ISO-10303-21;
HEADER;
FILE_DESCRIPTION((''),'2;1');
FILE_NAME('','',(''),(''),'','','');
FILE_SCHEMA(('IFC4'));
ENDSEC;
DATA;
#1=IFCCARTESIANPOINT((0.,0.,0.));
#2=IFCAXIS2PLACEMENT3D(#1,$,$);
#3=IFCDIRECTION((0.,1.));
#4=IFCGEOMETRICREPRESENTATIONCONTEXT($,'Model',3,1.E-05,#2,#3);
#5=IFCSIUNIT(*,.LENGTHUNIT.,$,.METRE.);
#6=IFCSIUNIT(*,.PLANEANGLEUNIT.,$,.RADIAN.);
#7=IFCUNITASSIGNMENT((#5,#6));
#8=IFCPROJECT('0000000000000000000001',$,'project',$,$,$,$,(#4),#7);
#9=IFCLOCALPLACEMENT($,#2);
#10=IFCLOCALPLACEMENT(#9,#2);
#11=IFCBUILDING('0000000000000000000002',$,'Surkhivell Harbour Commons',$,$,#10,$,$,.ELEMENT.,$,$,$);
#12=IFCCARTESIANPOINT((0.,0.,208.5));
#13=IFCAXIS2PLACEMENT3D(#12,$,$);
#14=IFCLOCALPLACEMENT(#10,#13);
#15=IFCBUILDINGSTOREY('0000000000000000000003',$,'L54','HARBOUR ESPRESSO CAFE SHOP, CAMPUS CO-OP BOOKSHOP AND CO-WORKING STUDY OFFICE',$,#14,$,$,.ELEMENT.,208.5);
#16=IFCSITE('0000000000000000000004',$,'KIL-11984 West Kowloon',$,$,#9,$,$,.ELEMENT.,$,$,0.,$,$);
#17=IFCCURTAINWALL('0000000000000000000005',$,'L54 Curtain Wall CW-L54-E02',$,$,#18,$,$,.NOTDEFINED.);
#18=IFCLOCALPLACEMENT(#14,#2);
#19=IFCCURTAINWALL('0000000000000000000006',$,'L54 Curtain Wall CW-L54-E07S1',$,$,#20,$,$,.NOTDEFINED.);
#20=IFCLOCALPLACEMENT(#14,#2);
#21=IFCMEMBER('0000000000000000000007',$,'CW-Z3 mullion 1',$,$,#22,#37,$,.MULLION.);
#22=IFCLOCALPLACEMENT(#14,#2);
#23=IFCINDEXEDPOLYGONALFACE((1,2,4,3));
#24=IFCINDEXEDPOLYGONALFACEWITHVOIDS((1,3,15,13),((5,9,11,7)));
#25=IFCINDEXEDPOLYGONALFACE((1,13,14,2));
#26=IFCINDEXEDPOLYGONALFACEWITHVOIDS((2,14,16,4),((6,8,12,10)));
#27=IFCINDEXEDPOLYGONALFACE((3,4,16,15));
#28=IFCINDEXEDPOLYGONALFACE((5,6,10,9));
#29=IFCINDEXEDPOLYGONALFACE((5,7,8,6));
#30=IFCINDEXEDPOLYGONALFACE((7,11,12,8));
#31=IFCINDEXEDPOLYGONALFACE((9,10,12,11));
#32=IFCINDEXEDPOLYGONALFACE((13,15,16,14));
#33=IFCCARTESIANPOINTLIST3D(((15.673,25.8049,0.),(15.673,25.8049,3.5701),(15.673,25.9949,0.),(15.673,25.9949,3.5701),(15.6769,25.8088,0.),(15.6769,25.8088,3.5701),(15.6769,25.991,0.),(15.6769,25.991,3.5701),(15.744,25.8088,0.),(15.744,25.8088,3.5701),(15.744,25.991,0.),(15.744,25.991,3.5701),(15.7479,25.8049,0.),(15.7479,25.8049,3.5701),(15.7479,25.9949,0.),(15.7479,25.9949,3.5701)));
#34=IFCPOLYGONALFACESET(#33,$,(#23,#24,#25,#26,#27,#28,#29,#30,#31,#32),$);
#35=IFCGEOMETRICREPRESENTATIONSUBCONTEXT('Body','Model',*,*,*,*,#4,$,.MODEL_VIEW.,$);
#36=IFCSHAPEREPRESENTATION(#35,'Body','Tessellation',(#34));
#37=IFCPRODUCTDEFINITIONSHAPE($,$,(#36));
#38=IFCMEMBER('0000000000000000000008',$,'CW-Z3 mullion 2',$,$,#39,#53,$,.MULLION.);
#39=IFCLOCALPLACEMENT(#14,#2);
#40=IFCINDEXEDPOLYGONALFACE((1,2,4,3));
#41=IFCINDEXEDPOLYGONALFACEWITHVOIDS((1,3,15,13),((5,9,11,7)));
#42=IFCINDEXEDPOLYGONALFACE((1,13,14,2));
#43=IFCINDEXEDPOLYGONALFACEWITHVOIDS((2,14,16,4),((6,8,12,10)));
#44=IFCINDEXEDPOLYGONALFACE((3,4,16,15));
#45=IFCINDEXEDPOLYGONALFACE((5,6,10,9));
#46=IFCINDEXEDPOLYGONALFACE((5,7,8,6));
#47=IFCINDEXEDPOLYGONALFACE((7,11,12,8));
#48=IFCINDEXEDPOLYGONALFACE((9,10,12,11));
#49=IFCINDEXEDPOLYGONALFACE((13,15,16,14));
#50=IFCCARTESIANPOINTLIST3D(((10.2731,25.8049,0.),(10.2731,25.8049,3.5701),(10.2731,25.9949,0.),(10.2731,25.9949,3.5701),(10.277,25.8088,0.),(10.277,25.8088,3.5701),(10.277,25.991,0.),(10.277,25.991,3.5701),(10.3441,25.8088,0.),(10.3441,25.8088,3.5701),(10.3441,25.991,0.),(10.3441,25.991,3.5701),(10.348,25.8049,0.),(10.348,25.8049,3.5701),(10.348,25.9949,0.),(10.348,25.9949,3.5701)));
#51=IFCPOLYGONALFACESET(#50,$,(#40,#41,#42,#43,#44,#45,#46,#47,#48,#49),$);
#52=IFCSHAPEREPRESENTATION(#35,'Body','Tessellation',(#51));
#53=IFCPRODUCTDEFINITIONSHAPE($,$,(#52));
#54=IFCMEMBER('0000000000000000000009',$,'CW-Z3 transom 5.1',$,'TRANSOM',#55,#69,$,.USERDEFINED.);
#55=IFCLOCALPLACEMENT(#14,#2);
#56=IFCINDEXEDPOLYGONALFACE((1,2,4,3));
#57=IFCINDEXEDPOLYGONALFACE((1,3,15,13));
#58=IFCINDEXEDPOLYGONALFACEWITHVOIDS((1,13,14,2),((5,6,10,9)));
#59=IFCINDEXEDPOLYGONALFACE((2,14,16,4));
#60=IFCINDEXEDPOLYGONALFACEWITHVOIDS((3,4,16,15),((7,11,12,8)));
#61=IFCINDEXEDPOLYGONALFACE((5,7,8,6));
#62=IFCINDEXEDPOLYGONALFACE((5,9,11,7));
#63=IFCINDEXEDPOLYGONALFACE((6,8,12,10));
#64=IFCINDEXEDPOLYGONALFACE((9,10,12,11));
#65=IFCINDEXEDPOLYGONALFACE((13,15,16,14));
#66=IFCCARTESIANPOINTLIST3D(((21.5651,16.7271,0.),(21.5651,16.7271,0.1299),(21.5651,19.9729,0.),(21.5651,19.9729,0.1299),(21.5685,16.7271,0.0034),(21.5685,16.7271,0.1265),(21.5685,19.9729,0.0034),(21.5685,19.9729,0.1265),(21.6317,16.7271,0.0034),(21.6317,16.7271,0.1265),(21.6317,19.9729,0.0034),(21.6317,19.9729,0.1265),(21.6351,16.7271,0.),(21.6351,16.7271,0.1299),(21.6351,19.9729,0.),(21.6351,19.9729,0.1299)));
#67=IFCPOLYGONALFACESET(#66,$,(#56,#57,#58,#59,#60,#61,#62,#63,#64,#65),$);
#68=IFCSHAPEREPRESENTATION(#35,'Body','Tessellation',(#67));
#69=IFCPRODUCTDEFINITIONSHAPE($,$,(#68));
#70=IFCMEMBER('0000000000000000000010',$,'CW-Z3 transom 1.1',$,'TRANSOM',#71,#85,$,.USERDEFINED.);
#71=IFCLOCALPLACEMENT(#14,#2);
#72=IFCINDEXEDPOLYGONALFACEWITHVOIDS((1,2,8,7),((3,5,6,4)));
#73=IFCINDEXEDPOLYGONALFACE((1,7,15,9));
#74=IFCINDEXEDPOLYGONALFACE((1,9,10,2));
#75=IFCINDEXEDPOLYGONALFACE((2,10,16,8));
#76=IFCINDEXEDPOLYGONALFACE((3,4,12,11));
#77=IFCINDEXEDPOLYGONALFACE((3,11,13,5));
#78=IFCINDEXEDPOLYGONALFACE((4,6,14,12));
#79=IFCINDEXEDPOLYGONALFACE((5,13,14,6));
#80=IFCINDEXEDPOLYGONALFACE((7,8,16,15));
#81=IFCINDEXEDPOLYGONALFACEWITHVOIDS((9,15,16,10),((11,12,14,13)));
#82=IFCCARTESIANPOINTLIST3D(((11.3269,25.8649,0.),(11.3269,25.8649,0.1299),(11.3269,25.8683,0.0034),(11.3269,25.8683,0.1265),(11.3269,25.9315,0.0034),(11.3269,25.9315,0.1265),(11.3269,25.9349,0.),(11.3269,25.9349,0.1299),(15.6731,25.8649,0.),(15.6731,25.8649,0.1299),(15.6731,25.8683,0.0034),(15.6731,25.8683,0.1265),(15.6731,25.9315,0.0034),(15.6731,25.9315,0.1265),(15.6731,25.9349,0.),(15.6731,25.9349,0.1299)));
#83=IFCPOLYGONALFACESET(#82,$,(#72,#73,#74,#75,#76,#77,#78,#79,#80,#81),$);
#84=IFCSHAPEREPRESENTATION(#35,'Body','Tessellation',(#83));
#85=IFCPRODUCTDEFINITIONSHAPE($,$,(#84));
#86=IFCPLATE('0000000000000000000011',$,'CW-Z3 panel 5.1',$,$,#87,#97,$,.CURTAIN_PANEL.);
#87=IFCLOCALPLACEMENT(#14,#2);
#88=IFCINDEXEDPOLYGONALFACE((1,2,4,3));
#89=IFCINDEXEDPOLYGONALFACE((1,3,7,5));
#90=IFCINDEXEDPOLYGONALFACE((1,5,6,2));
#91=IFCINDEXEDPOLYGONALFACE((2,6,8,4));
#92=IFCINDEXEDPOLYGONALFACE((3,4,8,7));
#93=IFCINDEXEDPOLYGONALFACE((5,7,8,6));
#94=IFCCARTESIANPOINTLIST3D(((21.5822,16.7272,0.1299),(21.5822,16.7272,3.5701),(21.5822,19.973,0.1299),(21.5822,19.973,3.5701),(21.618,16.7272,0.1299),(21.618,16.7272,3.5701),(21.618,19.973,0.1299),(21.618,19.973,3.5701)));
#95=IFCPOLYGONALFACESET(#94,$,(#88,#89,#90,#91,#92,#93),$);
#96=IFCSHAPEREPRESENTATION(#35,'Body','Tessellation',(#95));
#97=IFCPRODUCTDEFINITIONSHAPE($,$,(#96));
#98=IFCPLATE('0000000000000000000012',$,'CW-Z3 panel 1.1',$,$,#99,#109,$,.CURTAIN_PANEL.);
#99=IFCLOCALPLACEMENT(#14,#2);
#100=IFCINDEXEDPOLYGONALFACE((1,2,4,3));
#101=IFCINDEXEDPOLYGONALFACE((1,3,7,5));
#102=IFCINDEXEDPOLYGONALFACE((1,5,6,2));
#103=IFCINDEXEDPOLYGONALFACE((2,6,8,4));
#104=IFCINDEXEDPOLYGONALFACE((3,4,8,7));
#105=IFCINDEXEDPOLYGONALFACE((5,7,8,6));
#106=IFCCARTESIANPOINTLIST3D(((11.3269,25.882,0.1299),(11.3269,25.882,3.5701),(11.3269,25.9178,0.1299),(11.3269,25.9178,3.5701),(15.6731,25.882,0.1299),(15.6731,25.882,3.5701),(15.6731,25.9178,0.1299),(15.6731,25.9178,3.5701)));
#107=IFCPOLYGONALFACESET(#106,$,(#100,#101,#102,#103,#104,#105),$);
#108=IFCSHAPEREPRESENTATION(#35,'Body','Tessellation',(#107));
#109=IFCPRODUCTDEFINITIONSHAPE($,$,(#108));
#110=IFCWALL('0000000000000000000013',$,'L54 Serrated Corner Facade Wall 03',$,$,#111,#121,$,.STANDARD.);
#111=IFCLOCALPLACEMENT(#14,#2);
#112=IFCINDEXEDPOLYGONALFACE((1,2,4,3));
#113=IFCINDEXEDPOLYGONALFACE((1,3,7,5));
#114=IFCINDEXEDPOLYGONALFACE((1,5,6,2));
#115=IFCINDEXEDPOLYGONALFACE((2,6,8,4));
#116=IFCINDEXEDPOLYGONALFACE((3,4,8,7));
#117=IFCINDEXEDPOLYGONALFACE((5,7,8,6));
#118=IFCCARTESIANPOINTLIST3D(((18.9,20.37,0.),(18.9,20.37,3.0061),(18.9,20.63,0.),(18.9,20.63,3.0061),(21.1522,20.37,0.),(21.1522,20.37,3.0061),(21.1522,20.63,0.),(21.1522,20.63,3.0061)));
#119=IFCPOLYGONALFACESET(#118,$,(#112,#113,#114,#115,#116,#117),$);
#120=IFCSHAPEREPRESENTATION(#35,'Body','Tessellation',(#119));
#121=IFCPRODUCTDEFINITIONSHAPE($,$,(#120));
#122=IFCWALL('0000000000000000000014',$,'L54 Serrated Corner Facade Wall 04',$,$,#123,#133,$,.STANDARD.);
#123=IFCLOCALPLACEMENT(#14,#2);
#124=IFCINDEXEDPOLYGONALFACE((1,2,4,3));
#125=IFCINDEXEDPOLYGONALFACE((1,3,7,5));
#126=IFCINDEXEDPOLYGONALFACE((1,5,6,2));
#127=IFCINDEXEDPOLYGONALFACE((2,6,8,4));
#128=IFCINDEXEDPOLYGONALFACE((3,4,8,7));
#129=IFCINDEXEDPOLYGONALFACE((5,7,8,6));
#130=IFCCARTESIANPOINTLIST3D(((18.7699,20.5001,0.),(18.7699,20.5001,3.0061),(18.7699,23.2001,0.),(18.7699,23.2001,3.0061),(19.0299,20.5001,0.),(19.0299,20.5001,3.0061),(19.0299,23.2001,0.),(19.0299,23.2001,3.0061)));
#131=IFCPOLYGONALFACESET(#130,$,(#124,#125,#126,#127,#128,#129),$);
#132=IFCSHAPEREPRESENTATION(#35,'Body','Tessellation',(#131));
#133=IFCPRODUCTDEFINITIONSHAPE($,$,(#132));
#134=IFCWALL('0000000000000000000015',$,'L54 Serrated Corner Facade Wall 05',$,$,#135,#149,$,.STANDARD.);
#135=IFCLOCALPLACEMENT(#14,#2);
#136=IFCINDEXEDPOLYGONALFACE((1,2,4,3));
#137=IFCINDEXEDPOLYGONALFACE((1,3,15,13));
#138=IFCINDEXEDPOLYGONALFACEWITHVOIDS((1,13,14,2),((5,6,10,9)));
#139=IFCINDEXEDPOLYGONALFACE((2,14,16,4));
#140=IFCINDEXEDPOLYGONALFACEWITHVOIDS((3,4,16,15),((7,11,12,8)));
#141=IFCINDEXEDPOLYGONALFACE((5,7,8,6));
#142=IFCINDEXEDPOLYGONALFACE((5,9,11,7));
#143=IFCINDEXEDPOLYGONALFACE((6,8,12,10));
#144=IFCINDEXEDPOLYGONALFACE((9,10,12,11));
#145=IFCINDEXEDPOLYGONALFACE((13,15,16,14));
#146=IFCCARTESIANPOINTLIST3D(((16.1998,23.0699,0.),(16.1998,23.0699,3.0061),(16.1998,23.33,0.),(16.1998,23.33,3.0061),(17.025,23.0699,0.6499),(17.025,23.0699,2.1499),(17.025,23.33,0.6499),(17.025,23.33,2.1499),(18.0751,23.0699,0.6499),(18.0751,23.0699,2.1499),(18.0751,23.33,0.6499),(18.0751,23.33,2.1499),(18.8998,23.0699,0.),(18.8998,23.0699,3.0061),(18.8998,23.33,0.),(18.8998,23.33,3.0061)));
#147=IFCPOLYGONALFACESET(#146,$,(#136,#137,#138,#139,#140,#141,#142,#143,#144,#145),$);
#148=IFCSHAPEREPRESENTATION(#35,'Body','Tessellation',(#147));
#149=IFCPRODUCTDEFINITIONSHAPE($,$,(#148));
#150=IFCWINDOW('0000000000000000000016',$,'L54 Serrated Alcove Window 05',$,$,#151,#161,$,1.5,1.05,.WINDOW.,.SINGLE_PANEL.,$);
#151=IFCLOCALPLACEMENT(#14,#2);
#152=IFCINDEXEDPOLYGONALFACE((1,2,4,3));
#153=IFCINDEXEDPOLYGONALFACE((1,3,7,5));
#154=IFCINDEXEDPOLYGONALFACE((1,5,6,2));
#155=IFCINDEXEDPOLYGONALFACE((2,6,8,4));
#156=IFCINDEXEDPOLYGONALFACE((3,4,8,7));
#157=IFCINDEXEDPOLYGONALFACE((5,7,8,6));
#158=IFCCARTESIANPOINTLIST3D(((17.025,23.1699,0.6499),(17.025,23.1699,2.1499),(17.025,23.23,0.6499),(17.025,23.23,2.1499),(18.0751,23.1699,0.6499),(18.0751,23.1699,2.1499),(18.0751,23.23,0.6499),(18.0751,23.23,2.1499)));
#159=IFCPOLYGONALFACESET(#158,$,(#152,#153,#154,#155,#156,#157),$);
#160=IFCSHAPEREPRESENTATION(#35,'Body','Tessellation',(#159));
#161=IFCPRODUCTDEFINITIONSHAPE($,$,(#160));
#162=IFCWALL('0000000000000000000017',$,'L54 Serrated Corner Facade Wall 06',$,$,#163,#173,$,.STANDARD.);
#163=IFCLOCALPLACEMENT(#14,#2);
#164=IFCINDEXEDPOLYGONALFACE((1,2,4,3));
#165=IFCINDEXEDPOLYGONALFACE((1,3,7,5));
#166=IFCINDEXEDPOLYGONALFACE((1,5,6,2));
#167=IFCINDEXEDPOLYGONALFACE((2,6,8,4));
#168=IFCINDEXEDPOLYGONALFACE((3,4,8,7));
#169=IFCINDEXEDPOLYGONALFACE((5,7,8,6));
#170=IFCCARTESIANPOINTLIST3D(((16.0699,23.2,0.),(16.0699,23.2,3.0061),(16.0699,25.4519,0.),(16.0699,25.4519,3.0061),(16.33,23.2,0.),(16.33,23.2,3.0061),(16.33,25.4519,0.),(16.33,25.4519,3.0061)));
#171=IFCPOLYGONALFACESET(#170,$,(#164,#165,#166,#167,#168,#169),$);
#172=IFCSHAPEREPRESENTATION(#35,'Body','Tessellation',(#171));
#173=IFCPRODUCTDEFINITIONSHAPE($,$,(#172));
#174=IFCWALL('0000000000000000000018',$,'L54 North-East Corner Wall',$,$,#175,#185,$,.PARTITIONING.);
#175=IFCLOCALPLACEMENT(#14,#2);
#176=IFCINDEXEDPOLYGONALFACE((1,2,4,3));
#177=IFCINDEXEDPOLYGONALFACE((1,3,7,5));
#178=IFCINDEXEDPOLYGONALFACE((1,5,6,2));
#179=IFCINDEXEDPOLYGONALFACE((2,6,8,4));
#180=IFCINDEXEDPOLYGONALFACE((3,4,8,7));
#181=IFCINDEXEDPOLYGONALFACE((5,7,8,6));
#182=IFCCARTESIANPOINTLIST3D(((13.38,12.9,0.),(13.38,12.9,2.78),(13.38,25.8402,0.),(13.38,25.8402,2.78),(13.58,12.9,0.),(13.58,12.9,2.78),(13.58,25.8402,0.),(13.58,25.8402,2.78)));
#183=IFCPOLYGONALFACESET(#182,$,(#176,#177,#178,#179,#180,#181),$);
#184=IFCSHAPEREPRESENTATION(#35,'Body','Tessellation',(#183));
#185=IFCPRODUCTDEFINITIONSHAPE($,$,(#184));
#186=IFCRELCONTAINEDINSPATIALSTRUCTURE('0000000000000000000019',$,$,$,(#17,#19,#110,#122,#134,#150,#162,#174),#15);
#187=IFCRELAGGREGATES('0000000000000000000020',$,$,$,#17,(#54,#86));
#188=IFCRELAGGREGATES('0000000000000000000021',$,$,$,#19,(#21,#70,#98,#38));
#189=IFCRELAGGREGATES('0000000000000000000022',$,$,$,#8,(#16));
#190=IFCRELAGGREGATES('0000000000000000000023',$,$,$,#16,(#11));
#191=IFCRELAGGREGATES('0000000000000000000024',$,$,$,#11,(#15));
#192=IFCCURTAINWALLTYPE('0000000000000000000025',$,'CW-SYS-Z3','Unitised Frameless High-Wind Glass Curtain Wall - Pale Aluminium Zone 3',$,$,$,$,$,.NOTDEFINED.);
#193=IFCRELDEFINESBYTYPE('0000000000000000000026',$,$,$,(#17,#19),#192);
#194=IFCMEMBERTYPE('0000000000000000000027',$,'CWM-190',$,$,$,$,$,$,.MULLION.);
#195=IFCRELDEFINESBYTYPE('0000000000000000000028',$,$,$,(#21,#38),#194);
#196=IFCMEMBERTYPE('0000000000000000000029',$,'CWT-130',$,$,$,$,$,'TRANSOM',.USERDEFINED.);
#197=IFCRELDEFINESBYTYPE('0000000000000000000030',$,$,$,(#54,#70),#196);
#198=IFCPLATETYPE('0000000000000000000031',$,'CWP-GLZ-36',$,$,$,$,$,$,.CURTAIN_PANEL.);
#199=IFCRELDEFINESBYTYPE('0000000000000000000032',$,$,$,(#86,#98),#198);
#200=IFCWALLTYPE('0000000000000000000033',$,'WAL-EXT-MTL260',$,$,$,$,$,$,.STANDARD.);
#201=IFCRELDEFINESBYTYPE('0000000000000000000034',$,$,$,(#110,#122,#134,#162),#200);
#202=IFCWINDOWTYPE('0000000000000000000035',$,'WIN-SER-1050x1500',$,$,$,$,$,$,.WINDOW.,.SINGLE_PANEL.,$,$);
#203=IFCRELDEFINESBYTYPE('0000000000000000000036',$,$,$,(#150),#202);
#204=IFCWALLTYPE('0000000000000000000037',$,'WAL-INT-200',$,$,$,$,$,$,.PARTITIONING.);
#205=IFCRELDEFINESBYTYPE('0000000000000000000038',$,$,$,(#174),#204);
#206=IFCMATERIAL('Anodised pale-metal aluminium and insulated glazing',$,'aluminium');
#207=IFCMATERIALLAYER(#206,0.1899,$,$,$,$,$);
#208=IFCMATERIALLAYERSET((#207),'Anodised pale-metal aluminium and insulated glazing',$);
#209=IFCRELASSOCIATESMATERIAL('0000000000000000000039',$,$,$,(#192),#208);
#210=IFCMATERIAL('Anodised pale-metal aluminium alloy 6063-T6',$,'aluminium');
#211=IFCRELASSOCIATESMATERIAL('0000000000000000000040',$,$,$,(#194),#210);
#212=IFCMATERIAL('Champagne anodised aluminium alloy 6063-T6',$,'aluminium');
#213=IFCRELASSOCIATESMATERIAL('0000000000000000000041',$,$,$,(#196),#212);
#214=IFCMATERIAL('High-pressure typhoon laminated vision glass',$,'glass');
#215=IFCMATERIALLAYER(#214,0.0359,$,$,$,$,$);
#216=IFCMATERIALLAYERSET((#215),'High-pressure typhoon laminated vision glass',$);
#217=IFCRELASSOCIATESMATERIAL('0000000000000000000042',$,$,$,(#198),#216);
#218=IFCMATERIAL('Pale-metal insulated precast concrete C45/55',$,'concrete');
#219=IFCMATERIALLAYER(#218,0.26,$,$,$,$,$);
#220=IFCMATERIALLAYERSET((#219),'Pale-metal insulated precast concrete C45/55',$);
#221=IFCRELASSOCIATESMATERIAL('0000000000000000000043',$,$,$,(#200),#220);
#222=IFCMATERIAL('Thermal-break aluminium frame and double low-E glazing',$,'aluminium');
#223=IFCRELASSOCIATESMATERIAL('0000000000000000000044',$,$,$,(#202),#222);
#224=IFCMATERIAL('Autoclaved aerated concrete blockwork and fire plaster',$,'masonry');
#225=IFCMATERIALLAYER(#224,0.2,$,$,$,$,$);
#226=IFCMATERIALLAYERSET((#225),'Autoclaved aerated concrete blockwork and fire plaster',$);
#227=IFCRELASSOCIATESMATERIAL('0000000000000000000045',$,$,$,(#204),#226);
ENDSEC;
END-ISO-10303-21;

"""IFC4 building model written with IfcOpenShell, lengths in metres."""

from ifc_helpers import new_model, si_unit, direction, frame, frame_2d, origin, origin_2d, place, context, subcontext, project, spatial, rectangle, hollow_rectangle, extrude, material, layer, layer_set, material_profile, profile_set, type_object, element, fill, aggregate, save


model = new_model("IFC4")

# Units and contexts
model_context = context("Model", 3, precision=1e-05, world=origin(), true_north=direction((0.0, 1.0)))
body_context = subcontext(model_context, "Body", "Model", "MODEL_VIEW")
ifc_project = project(units=[si_unit("LENGTHUNIT", "METRE"), si_unit("PLANEANGLEUNIT", "RADIAN")], contexts=[model_context])

# Site, building, storey
site_placement = place(None, origin())
site = spatial("IfcSite", under=ifc_project, at=site_placement, Name="KIL-11984 West Kowloon", CompositionType="ELEMENT", RefElevation=0.0)
building_placement = place(site_placement, origin())
building = spatial("IfcBuilding", under=site, at=building_placement, Name="Surkhivell Harbour Commons", CompositionType="ELEMENT")
storey_placement = place(building_placement, frame((0.0, 0.0, 208.5)))
storey = spatial("IfcBuildingStorey", under=building, at=storey_placement, Name="L54", Description="HARBOUR ESPRESSO CAFE SHOP, CAMPUS CO-OP BOOKSHOP AND CO-WORKING STUDY OFFICE", CompositionType="ELEMENT", Elevation=208.5)

# Curtain walls, members
ifc_material_1 = material(Name="Anodised pale-metal aluminium and insulated glazing", Category="aluminium")
ifc_layer_1 = layer(ifc_material_1, 0.1899)
ifc_layer_set_1 = layer_set([ifc_layer_1], Name="Anodised pale-metal aluminium and insulated glazing")
curtain_wall_type = type_object("IfcCurtainWallType", Name="CW-SYS-Z3", Description="Unitised Frameless High-Wind Glass Curtain Wall - Pale Aluminium Zone 3", PredefinedType="NOTDEFINED", material=ifc_layer_set_1)
curtain_wall_1_placement = place(storey_placement, origin())
curtain_wall_1 = element("IfcCurtainWall", 1, at=curtain_wall_1_placement, inside=storey, type_object=curtain_wall_type, Name="L54 Curtain Wall CW-L54-E02", PredefinedType="NOTDEFINED")
ifc_material_2 = material(Name="Anodised pale-metal aluminium alloy 6063-T6", Category="aluminium")
ifc_material_profile_1 = material_profile(ifc_material_2, hollow_rectangle(XDim=0.075, YDim=0.1899, WallThickness=0.0039, at=origin_2d()), Name="ALU-MULL-75x190")
ifc_profile_set_1 = profile_set([ifc_material_profile_1], Name="Anodised pale-metal aluminium alloy 6063-T6")
member_type_1 = type_object("IfcMemberType", Name="CWM-190", PredefinedType="MULLION", material=ifc_profile_set_1)
curtain_wall_2_placement = place(storey_placement, origin())
curtain_wall_2 = element("IfcCurtainWall", 2, at=curtain_wall_2_placement, inside=storey, type_object=curtain_wall_type, Name="L54 Curtain Wall CW-L54-E07S1", PredefinedType="NOTDEFINED")
member_1_placement = place(storey_placement, frame((15.7104, 25.8999, 0.0), z_axis=(0.0, 0.0, 1.0), x_axis=(-1.0, 0.0, 0.0)))
member_1 = element("IfcMember", 3, at=member_1_placement, type_object=member_type_1, Name="CW-Z3 mullion 1", PredefinedType="MULLION", context=body_context, shape_type="SweptSolid", body=[
    extrude(hollow_rectangle(XDim=0.075, YDim=0.1899, WallThickness=0.0039, at=origin_2d()), origin(), (0.0, 0.0, 1.0), 3.5701),
])
member_2_placement = place(storey_placement, frame((10.3105, 25.8999, 0.0), z_axis=(0.0, 0.0, 1.0), x_axis=(-1.0, 0.0, 0.0)))
member_2 = element("IfcMember", 4, at=member_2_placement, type_object=member_type_1, Name="CW-Z3 mullion 2", PredefinedType="MULLION", context=body_context, shape_type="SweptSolid", body=[
    extrude(hollow_rectangle(XDim=0.075, YDim=0.1899, WallThickness=0.0039, at=origin_2d()), origin(), (0.0, 0.0, 1.0), 3.5701),
])

# Members
ifc_material_3 = material(Name="Champagne anodised aluminium alloy 6063-T6", Category="aluminium")
ifc_material_profile_2 = material_profile(ifc_material_3, hollow_rectangle(XDim=0.0701, YDim=0.1299, WallThickness=0.0034, at=origin_2d()), Name="ALU-TRAN-70x130")
ifc_profile_set_2 = profile_set([ifc_material_profile_2], Name="Champagne anodised aluminium alloy 6063-T6")
member_type_2 = type_object("IfcMemberType", Name="CWT-130", ElementType="TRANSOM", PredefinedType="USERDEFINED", material=ifc_profile_set_2)
member_3_placement = place(storey_placement, frame((21.6001, 16.7271, 0.0649), z_axis=(0.0, 1.0, 0.0), x_axis=(-1.0, 0.0, 0.0)))
member_3 = element("IfcMember", 5, at=member_3_placement, type_object=member_type_2, Name="CW-Z3 transom 5.1", ObjectType="TRANSOM", PredefinedType="USERDEFINED", context=body_context, shape_type="SweptSolid", body=[
    extrude(hollow_rectangle(XDim=0.0701, YDim=0.1299, WallThickness=0.0034, at=origin_2d()), origin(), (0.0, 0.0, 1.0), 3.2458),
])
member_4_placement = place(storey_placement, frame((15.6731, 25.8999, 0.0649), z_axis=(-1.0, 0.0, 0.0), x_axis=(0.0, -1.0, 0.0)))
member_4 = element("IfcMember", 6, at=member_4_placement, type_object=member_type_2, Name="CW-Z3 transom 1.1", ObjectType="TRANSOM", PredefinedType="USERDEFINED", context=body_context, shape_type="SweptSolid", body=[
    extrude(hollow_rectangle(XDim=0.0701, YDim=0.1299, WallThickness=0.0034, at=origin_2d()), origin(), (0.0, 0.0, 1.0), 4.3462),
])

# Plates
ifc_material_4 = material(Name="High-pressure typhoon laminated vision glass", Category="glass")
ifc_layer_2 = layer(ifc_material_4, 0.0359)
ifc_layer_set_2 = layer_set([ifc_layer_2], Name="High-pressure typhoon laminated vision glass")
plate_type = type_object("IfcPlateType", Name="CWP-GLZ-36", PredefinedType="CURTAIN_PANEL", material=ifc_layer_set_2)
plate_1_placement = place(storey_placement, frame((21.6001, 16.7271, 0.1299), z_axis=(0.0, 0.0, 1.0), x_axis=(0.0, 1.0, 0.0)))
plate_1 = element("IfcPlate", 7, at=plate_1_placement, type_object=plate_type, Name="CW-Z3 panel 5.1", PredefinedType="CURTAIN_PANEL", context=body_context, shape_type="SweptSolid", body=[
    extrude(rectangle(XDim=3.2458, YDim=0.0359, at=frame_2d((1.623, 0.0))), origin(), (0.0, 0.0, 1.0), 3.4402),
])
aggregate(curtain_wall_1, [member_3, plate_1])
plate_2_placement = place(storey_placement, frame((15.6731, 25.8999, 0.1299), z_axis=(0.0, 0.0, 1.0), x_axis=(-1.0, 0.0, 0.0)))
plate_2 = element("IfcPlate", 8, at=plate_2_placement, type_object=plate_type, Name="CW-Z3 panel 1.1", PredefinedType="CURTAIN_PANEL", context=body_context, shape_type="SweptSolid", body=[
    extrude(rectangle(XDim=4.3462, YDim=0.0359, at=frame_2d((2.1731, 0.0))), origin(), (0.0, 0.0, 1.0), 3.4402),
])
aggregate(curtain_wall_2, [member_1, member_4, plate_2, member_2])

# Walls
ifc_material_5 = material(Name="Pale-metal insulated precast concrete C45/55", Category="concrete")
ifc_layer_3 = layer(ifc_material_5, 0.26)
ifc_layer_set_3 = layer_set([ifc_layer_3], Name="Pale-metal insulated precast concrete C45/55")
wall_type_1 = type_object("IfcWallType", Name="WAL-EXT-MTL260", PredefinedType="STANDARD", material=ifc_layer_set_3)
wall_1_placement = place(storey_placement, frame((21.1521, 20.5, 0.0), z_axis=(0.0, 0.0, 1.0), x_axis=(-1.0, 0.0, 0.0)))
element("IfcWall", 9, at=wall_1_placement, inside=storey, type_object=wall_type_1, Name="L54 Serrated Corner Facade Wall 03", PredefinedType="STANDARD", context=body_context, shape_type="SweptSolid", body=[
    extrude(rectangle(XDim=2.2522, YDim=0.26, at=frame_2d((1.126, 0.0))), origin(), (0.0, 0.0, 1.0), 3.0061),
])
wall_2_placement = place(storey_placement, frame((18.8999, 20.5, 0.0), z_axis=(0.0, 0.0, 1.0), x_axis=(0.0, 1.0, 0.0)))
element("IfcWall", 10, at=wall_2_placement, inside=storey, type_object=wall_type_1, Name="L54 Serrated Corner Facade Wall 04", PredefinedType="STANDARD", context=body_context, shape_type="SweptSolid", body=[
    extrude(rectangle(XDim=2.7, YDim=0.26, at=frame_2d((1.3501, 0.0))), origin(), (0.0, 0.0, 1.0), 3.0061),
])

# Wall, opening, window
wall_3_placement = place(storey_placement, frame((18.8999, 23.2, 0.0), z_axis=(0.0, 0.0, 1.0), x_axis=(-1.0, 0.0, 0.0)))
wall_3 = element("IfcWall", 11, at=wall_3_placement, inside=storey, type_object=wall_type_1, Name="L54 Serrated Corner Facade Wall 05", PredefinedType="STANDARD", context=body_context, shape_type="SweptSolid", body=[
    extrude(rectangle(XDim=2.7, YDim=0.26, at=frame_2d((1.3501, 0.0))), origin(), (0.0, 0.0, 1.0), 3.0061),
])
opening_placement = place(wall_3_placement, frame((0.825, 0.0, 0.6499)))
opening = element("IfcOpeningElement", 12, at=opening_placement, cuts=wall_3, PredefinedType="OPENING", context=body_context, shape_type="SweptSolid", body=[
    extrude(rectangle(XDim=1.05, YDim=1.5, at=frame_2d((0.5249, 0.75))), frame((0.0, 0.1399, 0.0), z_axis=(0.0, -1.0, 0.0), x_axis=(1.0, 0.0, 0.0)), (0.0, 0.0, 1.0), 0.28),
])
ifc_material_6 = material(Name="Thermal-break aluminium frame and double low-E glazing", Category="aluminium")
window_type = type_object("IfcWindowType", Name="WIN-SER-1050x1500", PartitioningType="SINGLE_PANEL", PredefinedType="WINDOW", material=ifc_material_6)
window_placement = place(opening_placement, origin())
window = element("IfcWindow", 13, at=window_placement, inside=storey, type_object=window_type, Name="L54 Serrated Alcove Window 05", OverallHeight=1.5, OverallWidth=1.05, PartitioningType="SINGLE_PANEL", PredefinedType="WINDOW", context=body_context, shape_type="SweptSolid", body=[
    extrude(rectangle(XDim=1.05, YDim=1.5, at=frame_2d((0.5249, 0.75))), frame((0.0, 0.03, 0.0), z_axis=(0.0, -1.0, 0.0), x_axis=(1.0, 0.0, 0.0)), (0.0, 0.0, 1.0), 0.0601),
])
fill(opening, window)

# Walls
wall_4_placement = place(storey_placement, frame((16.2, 23.2, 0.0), z_axis=(0.0, 0.0, 1.0), x_axis=(0.0, 1.0, 0.0)))
element("IfcWall", 14, at=wall_4_placement, inside=storey, type_object=wall_type_1, Name="L54 Serrated Corner Facade Wall 06", PredefinedType="STANDARD", context=body_context, shape_type="SweptSolid", body=[
    extrude(rectangle(XDim=2.252, YDim=0.26, at=frame_2d((1.126, 0.0))), origin(), (0.0, 0.0, 1.0), 3.0061),
])
ifc_material_7 = material(Name="Autoclaved aerated concrete blockwork and fire plaster", Category="masonry")
ifc_layer_4 = layer(ifc_material_7, 0.2)
ifc_layer_set_4 = layer_set([ifc_layer_4], Name="Autoclaved aerated concrete blockwork and fire plaster")
wall_type_2 = type_object("IfcWallType", Name="WAL-INT-200", PredefinedType="PARTITIONING", material=ifc_layer_set_4)
wall_5_placement = place(storey_placement, frame((13.48, 12.8999, 0.0), z_axis=(0.0, 0.0, 1.0), x_axis=(0.0, 1.0, 0.0)))
element("IfcWall", 15, at=wall_5_placement, inside=storey, type_object=wall_type_2, Name="L54 North-East Corner Wall", PredefinedType="PARTITIONING", context=body_context, shape_type="SweptSolid", body=[
    extrude(rectangle(XDim=12.9402, YDim=0.2, at=frame_2d((6.4702, 0.0))), origin(), (0.0, 0.0, 1.0), 2.78),
])

save(model, "model.ifc")
